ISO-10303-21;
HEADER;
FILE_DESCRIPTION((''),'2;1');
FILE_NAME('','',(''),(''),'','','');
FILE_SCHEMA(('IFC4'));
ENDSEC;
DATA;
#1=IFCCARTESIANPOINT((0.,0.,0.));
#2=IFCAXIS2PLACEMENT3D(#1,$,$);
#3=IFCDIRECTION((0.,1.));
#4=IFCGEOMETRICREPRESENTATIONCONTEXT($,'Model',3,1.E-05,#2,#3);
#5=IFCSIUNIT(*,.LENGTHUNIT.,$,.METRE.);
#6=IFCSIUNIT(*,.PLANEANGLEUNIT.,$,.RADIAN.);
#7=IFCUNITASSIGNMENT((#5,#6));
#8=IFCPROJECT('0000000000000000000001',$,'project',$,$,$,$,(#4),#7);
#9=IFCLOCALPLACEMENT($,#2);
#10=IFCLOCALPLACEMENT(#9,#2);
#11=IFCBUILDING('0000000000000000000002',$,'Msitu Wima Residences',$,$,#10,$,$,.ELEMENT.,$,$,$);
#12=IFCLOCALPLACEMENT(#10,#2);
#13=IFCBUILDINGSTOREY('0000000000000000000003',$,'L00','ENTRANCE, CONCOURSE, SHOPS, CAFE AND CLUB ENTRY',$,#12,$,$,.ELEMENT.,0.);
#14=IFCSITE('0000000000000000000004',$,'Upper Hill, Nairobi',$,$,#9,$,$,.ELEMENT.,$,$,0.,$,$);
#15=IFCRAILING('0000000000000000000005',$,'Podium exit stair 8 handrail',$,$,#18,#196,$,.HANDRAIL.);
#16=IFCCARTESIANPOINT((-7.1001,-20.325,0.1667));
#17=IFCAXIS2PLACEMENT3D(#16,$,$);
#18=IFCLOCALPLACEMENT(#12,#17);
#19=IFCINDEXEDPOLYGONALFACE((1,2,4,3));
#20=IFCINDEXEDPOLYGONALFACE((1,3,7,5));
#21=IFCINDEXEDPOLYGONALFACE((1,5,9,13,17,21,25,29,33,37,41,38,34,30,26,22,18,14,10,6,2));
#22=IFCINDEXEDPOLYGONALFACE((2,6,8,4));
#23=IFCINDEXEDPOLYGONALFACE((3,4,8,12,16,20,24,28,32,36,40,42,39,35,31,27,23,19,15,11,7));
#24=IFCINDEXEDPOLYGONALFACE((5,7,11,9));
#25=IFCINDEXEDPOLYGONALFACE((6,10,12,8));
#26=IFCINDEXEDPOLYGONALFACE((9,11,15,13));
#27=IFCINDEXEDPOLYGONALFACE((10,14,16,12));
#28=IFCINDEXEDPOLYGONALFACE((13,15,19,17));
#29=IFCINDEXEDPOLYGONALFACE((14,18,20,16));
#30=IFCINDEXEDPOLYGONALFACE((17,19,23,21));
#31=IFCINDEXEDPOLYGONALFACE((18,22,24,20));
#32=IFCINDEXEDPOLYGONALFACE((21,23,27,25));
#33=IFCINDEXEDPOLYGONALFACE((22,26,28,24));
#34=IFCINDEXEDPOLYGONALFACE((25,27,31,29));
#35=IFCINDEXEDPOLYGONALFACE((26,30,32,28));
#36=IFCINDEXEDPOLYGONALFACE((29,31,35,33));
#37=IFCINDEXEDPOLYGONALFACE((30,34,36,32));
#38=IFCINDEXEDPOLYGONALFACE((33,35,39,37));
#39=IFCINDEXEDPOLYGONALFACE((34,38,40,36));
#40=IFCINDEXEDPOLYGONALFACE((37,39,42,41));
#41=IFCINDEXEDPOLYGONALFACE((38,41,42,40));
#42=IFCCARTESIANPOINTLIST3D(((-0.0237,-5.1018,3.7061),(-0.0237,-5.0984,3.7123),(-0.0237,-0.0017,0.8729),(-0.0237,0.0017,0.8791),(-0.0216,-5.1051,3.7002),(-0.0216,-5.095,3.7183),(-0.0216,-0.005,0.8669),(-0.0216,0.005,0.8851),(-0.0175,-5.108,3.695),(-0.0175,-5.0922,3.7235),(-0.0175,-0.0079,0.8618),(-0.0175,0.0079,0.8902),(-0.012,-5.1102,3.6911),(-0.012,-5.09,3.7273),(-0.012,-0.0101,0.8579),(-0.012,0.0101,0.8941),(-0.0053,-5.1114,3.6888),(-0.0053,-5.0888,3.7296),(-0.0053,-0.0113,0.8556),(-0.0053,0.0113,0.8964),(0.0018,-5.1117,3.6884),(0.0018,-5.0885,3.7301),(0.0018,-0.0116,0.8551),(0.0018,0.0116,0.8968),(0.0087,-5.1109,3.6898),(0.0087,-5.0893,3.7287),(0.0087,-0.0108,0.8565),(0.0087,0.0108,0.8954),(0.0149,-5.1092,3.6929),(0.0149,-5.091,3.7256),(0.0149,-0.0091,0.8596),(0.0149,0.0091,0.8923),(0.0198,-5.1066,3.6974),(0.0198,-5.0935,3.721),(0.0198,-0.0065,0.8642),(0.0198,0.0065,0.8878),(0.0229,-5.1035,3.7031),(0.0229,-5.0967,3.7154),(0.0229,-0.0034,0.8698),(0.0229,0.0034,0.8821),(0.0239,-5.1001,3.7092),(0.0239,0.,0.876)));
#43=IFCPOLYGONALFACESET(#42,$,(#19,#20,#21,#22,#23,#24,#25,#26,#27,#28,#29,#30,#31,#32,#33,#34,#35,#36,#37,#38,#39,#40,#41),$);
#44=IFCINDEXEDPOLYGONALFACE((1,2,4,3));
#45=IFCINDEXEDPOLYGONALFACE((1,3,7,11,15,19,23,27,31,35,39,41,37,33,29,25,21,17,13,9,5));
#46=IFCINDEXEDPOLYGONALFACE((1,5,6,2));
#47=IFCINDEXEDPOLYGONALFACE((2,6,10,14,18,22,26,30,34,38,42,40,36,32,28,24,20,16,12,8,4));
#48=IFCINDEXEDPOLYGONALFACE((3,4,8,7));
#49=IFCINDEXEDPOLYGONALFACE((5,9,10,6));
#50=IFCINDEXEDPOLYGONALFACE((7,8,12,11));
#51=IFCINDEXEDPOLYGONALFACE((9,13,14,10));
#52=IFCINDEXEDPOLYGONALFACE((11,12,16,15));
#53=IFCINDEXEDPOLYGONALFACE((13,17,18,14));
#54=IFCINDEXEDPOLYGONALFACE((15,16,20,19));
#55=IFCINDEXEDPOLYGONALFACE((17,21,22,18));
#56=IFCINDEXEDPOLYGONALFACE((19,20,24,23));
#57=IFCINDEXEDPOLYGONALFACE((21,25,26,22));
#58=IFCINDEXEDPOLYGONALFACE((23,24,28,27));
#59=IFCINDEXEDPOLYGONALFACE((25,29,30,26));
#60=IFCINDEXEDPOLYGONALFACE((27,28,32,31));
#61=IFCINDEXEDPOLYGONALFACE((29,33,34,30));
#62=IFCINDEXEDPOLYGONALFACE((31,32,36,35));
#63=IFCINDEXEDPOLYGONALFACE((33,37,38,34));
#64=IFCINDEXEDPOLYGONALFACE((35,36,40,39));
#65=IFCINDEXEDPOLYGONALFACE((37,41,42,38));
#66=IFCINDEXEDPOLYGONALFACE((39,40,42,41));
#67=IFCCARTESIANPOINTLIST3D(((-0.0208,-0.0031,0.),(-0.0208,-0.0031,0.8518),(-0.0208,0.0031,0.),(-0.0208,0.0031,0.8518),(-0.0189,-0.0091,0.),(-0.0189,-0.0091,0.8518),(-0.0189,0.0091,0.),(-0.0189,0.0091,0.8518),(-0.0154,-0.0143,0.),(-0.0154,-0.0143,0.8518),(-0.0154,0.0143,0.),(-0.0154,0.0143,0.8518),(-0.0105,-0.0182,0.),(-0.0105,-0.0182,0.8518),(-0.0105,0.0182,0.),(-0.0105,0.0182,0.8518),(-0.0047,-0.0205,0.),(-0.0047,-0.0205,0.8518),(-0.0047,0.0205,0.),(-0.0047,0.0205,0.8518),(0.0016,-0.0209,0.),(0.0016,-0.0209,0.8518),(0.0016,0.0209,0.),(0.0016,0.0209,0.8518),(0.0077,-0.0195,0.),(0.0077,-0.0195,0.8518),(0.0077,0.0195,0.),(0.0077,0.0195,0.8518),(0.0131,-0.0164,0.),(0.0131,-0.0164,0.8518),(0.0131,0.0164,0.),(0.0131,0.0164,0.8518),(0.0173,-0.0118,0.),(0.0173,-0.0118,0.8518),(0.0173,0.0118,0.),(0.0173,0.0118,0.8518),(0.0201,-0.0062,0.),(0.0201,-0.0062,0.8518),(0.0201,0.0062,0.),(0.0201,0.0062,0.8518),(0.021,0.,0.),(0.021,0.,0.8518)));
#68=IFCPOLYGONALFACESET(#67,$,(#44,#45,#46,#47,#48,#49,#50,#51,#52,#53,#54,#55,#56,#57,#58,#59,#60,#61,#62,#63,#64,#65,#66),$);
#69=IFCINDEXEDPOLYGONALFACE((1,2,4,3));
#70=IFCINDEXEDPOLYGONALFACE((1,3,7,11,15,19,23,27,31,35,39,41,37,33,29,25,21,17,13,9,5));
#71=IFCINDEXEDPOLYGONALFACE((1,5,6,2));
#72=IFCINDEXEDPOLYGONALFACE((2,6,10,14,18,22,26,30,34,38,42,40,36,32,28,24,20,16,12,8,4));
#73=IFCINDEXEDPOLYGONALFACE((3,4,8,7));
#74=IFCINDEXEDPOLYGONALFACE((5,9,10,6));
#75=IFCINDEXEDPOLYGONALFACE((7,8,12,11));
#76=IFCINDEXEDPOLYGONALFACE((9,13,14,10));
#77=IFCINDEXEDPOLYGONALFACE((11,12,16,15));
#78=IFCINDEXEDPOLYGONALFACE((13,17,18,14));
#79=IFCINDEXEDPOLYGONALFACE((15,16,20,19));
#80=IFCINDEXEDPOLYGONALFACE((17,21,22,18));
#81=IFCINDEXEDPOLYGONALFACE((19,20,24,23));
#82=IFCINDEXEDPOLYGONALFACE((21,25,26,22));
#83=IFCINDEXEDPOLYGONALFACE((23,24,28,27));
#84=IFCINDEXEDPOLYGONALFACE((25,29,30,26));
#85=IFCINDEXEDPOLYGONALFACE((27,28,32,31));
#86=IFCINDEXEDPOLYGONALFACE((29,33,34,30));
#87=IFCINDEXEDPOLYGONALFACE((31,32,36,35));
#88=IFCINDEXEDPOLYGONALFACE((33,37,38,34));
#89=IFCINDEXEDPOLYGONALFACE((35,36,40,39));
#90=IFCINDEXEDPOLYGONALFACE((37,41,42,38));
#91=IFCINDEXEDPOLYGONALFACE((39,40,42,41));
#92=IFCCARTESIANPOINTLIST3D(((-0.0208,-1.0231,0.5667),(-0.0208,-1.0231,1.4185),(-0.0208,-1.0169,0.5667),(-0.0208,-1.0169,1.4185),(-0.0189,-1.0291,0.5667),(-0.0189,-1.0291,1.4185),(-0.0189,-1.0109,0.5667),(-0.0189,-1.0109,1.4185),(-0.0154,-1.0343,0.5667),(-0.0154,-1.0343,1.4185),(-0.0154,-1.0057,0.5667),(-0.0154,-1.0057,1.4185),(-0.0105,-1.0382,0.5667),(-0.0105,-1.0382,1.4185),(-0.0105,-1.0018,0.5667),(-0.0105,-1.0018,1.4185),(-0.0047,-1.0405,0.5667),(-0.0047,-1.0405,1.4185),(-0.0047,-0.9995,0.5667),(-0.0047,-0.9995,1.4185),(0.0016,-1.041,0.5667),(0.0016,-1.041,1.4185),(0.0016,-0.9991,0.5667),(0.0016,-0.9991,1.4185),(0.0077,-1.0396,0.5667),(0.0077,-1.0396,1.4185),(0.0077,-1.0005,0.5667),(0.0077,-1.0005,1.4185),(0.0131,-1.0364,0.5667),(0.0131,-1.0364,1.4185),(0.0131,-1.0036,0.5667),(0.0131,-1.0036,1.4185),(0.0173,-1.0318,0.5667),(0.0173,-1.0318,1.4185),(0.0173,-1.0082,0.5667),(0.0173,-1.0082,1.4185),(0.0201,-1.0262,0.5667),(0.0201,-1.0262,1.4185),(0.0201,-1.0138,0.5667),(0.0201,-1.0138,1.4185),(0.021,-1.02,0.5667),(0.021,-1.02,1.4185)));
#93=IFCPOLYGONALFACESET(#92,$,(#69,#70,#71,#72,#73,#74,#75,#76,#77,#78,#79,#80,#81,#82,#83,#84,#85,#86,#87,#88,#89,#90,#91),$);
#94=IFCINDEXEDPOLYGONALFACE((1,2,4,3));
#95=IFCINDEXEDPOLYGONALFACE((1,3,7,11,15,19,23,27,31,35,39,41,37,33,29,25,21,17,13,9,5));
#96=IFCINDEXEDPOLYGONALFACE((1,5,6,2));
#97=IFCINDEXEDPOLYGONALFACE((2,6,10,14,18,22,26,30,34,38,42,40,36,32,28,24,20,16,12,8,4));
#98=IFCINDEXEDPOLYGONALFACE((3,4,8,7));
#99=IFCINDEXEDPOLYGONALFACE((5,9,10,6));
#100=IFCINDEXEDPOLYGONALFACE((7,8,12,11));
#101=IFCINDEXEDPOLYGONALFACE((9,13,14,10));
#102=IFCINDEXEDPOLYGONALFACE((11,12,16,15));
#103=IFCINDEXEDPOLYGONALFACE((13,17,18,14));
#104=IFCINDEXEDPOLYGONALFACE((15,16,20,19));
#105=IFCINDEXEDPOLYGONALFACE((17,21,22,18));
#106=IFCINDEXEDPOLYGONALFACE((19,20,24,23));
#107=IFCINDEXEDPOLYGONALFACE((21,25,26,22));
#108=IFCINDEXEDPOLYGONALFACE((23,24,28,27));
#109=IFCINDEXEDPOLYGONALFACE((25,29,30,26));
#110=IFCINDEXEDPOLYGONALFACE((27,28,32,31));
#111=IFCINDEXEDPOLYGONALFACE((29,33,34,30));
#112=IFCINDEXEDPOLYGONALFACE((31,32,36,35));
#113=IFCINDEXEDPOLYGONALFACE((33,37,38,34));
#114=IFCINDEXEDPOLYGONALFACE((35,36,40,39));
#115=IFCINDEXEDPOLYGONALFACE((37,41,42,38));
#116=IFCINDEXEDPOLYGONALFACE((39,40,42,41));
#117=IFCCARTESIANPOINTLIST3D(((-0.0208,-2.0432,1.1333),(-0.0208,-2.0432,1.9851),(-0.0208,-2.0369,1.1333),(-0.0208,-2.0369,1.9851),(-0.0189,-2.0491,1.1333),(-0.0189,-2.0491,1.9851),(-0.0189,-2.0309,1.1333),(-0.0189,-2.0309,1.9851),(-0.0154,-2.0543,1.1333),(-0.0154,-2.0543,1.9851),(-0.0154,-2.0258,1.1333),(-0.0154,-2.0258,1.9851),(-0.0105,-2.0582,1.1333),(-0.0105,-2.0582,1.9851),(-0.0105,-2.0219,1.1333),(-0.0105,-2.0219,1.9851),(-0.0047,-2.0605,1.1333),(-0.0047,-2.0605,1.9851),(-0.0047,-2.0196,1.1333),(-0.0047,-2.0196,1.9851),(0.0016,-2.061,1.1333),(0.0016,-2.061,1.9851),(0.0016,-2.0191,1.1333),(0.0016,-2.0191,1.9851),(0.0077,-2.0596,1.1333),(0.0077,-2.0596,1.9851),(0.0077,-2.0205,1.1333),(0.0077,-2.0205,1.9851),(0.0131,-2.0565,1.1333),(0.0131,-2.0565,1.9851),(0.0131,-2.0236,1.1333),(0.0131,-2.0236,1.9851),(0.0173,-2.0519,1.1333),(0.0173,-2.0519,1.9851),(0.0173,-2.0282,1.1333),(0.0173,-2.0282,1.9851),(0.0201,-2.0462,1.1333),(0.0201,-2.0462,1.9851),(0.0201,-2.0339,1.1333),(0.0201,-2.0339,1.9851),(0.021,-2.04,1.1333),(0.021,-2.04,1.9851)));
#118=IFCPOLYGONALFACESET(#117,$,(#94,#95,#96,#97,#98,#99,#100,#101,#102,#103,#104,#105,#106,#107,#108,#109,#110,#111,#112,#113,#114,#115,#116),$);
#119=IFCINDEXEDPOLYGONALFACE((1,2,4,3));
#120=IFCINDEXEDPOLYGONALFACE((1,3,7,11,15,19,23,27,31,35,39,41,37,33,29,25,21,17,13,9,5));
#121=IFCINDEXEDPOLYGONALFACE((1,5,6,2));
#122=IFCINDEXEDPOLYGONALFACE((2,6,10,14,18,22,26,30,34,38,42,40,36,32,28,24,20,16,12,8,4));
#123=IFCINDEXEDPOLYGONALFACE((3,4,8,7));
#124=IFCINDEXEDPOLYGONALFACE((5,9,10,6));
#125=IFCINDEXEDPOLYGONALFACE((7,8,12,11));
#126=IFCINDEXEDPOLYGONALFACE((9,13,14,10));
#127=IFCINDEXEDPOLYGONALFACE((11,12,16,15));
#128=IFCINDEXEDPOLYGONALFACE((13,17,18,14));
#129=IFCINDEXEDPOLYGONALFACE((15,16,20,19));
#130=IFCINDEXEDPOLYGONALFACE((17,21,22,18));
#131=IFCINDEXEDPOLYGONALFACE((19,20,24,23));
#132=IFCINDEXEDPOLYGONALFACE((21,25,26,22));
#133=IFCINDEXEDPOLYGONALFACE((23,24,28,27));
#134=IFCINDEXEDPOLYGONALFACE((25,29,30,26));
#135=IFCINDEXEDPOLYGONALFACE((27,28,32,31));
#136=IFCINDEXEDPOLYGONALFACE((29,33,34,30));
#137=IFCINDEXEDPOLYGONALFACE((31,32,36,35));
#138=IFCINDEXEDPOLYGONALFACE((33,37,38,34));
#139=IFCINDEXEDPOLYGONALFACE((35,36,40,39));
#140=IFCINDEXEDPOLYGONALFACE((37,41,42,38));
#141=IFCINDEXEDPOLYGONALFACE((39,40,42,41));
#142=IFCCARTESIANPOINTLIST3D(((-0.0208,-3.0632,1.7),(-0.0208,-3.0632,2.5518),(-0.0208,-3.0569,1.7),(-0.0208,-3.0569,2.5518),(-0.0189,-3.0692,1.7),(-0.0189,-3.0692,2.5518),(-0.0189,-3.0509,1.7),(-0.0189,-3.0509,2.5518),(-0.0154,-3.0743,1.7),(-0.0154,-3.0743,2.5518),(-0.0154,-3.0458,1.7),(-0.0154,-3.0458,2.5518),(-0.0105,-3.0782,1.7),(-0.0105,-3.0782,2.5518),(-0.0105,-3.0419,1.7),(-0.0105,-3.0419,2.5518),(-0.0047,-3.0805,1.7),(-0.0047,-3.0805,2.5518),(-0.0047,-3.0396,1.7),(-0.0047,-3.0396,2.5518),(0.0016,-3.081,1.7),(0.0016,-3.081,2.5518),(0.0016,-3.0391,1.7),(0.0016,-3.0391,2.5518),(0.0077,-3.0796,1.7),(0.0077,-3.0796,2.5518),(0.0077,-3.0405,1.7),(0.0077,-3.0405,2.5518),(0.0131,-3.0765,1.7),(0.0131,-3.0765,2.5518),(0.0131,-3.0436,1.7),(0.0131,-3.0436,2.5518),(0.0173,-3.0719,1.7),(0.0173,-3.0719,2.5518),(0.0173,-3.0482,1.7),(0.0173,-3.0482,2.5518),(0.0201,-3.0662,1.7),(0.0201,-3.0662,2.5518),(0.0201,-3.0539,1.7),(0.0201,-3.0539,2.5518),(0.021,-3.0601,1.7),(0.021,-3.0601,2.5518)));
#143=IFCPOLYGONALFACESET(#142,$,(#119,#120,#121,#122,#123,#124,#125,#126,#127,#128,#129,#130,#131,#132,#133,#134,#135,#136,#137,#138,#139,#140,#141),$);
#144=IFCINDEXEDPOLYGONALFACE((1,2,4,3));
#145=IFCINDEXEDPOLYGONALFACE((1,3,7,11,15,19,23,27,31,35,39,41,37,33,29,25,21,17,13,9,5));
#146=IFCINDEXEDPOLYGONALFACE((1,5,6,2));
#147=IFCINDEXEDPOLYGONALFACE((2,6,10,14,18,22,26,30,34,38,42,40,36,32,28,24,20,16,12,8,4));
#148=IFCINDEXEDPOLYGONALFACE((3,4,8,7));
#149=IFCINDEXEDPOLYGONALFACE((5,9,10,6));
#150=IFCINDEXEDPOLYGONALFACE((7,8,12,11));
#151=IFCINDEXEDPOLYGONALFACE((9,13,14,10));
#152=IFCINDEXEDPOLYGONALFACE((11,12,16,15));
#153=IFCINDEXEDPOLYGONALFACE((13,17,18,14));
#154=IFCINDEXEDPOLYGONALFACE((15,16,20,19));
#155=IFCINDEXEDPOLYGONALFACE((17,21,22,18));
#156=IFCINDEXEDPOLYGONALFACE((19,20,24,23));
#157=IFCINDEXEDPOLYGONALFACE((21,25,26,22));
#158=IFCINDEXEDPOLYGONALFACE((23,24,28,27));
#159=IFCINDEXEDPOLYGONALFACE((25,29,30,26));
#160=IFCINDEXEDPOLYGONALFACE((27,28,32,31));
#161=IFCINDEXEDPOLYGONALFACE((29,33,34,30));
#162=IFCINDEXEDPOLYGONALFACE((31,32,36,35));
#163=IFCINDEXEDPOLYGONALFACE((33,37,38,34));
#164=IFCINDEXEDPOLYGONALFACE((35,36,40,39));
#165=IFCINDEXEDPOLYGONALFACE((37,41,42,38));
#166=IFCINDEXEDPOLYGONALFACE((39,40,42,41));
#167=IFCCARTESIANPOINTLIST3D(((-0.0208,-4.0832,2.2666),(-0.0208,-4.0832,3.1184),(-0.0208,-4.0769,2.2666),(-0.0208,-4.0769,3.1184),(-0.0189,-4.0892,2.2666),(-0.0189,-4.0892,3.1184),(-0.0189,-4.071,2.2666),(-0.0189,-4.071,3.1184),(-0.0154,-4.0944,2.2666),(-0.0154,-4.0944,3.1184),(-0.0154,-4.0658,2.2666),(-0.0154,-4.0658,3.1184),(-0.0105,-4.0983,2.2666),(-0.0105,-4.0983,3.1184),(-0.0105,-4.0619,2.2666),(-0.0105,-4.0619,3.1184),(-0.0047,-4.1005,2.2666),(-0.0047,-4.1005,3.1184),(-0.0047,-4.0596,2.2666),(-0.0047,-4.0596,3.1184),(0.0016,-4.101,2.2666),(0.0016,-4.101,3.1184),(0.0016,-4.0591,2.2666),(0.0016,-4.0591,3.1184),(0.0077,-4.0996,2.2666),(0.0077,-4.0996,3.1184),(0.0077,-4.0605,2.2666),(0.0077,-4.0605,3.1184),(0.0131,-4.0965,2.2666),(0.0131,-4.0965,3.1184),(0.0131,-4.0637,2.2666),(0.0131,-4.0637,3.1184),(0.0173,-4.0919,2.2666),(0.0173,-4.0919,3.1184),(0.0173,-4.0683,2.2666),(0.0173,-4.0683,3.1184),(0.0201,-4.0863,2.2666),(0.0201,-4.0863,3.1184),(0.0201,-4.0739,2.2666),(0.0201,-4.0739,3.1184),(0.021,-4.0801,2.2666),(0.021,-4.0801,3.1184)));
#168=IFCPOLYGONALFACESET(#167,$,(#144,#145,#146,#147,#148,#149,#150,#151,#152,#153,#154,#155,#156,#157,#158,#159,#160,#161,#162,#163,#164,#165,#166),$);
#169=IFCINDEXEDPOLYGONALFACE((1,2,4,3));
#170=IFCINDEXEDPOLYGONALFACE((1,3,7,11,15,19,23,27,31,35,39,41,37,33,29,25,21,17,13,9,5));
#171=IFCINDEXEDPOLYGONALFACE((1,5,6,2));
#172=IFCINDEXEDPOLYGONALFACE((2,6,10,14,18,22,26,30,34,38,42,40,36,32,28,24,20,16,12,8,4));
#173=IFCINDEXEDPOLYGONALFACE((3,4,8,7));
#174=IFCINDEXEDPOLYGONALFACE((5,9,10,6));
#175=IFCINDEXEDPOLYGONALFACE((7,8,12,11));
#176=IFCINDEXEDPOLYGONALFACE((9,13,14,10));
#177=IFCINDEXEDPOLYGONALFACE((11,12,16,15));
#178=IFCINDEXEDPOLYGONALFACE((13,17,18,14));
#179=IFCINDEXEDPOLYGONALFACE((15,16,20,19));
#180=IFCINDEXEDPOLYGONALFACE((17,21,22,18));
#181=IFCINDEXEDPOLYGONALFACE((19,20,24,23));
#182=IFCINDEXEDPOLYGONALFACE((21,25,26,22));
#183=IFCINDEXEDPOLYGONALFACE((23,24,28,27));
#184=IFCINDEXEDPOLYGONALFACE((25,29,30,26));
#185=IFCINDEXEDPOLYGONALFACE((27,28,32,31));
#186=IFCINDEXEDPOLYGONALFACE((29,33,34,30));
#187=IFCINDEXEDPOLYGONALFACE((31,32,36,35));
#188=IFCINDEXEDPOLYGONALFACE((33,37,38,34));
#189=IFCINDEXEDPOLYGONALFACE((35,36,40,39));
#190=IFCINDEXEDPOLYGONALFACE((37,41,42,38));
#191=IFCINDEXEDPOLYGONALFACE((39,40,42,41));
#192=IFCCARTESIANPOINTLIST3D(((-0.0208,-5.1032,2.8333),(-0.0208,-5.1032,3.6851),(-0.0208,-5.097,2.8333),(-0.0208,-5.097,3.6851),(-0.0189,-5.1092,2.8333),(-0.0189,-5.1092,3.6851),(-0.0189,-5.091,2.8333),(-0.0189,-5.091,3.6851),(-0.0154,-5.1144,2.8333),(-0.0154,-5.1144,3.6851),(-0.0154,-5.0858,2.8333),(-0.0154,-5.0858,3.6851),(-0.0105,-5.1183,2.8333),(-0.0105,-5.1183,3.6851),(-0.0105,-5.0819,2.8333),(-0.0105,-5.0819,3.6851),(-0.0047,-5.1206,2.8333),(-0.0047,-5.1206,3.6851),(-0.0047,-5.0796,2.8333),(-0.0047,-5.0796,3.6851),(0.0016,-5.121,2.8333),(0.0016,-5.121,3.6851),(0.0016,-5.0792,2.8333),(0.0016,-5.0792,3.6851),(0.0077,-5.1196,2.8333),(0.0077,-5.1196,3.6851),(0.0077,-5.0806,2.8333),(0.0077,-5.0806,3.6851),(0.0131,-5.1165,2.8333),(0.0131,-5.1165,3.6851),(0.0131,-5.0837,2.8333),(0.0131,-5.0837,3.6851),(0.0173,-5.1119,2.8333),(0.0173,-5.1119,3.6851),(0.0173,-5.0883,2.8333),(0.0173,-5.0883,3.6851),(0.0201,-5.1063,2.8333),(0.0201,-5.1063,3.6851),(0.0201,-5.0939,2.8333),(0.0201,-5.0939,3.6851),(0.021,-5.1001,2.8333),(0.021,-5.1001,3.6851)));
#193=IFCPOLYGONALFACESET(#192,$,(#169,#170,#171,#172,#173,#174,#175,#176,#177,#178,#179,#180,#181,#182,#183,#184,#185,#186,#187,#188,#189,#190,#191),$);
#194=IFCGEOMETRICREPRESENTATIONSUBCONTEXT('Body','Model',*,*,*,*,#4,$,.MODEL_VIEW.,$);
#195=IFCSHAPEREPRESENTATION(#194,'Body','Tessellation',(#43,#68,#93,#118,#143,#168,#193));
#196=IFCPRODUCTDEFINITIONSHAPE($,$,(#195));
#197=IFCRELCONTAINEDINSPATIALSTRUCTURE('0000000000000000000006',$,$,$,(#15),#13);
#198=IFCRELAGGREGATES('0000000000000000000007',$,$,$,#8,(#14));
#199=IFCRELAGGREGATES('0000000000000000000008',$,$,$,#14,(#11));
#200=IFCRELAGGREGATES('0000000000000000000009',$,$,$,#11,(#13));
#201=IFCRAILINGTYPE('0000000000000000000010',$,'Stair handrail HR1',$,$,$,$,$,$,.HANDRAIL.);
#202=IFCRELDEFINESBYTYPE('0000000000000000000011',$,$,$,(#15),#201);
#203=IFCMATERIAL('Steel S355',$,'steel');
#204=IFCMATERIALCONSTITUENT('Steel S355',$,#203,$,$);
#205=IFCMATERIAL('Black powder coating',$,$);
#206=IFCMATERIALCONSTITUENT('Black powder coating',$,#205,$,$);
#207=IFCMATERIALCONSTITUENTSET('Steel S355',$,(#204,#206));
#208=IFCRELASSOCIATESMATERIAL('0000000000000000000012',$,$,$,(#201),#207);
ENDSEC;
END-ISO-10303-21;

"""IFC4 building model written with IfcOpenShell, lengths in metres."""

from ifc_helpers import new_model, si_unit, direction, frame, origin, origin_2d, place, context, subcontext, project, spatial, circle, extrude, material, constituent, constituent_set, type_object, element, save


model = new_model("IFC4")

# Units and contexts
model_context = context("Model", 3, precision=1e-05, world=origin(), true_north=direction((0.0, 1.0)))
body_context = subcontext(model_context, "Body", "Model", "MODEL_VIEW")
ifc_project = project(units=[si_unit("LENGTHUNIT", "METRE"), si_unit("PLANEANGLEUNIT", "RADIAN")], contexts=[model_context])

# Site, building, storey
site_placement = place(None, origin())
site = spatial("IfcSite", under=ifc_project, at=site_placement, Name="Upper Hill, Nairobi", CompositionType="ELEMENT", RefElevation=0.0)
building_placement = place(site_placement, origin())
building = spatial("IfcBuilding", under=site, at=building_placement, Name="Msitu Wima Residences", CompositionType="ELEMENT")
storey_placement = place(building_placement, origin())
storey = spatial("IfcBuildingStorey", under=building, at=storey_placement, Name="L00", Description="ENTRANCE, CONCOURSE, SHOPS, CAFE AND CLUB ENTRY", CompositionType="ELEMENT", Elevation=0.0)

# Railing
ifc_material_1 = material(Name="Steel S355", Category="steel")
ifc_constituent_1 = constituent(ifc_material_1, Name="Steel S355")
ifc_material_2 = material(Name="Black powder coating")
ifc_constituent_2 = constituent(ifc_material_2, Name="Black powder coating")
ifc_constituent_set = constituent_set(constituents=[ifc_constituent_1, ifc_constituent_2], Name="Steel S355")
railing_type = type_object("IfcRailingType", Name="Stair handrail HR1", PredefinedType="HANDRAIL", material=ifc_constituent_set)
for number, where, name in (
    (1, (-7.1001, -20.325, 0.1667), "Podium exit stair 8 handrail"),
):
    element("IfcRailing", number, at=place(storey_placement, frame(where)), inside=storey, type_object=railing_type, Name=name, PredefinedType="HANDRAIL", context=body_context, shape_type="SweptSolid", body=[
        extrude(circle(Radius=0.0239, at=origin_2d()), frame((0.0, 0.0, 0.876), z_axis=(0.0, -0.874167, 0.485625), x_axis=(1.0, 0.0, 0.0)), (0.0, 0.0, 1.0), 5.8342),
        extrude(circle(Radius=0.021, at=origin_2d()), origin(), (0.0, 0.0, 1.0), 0.8518),
        extrude(circle(Radius=0.021, at=origin_2d()), frame((0.0, -1.02, 0.5667)), (0.0, 0.0, 1.0), 0.8518),
        extrude(circle(Radius=0.021, at=origin_2d()), frame((0.0, -2.04, 1.1333)), (0.0, 0.0, 1.0), 0.8518),
        extrude(circle(Radius=0.021, at=origin_2d()), frame((0.0, -3.0601, 1.7)), (0.0, 0.0, 1.0), 0.8518),
        extrude(circle(Radius=0.021, at=origin_2d()), frame((0.0, -4.0801, 2.2666)), (0.0, 0.0, 1.0), 0.8518),
        extrude(circle(Radius=0.021, at=origin_2d()), frame((0.0, -5.1001, 2.8333)), (0.0, 0.0, 1.0), 0.8518),
    ])

save(model, "model.ifc")
